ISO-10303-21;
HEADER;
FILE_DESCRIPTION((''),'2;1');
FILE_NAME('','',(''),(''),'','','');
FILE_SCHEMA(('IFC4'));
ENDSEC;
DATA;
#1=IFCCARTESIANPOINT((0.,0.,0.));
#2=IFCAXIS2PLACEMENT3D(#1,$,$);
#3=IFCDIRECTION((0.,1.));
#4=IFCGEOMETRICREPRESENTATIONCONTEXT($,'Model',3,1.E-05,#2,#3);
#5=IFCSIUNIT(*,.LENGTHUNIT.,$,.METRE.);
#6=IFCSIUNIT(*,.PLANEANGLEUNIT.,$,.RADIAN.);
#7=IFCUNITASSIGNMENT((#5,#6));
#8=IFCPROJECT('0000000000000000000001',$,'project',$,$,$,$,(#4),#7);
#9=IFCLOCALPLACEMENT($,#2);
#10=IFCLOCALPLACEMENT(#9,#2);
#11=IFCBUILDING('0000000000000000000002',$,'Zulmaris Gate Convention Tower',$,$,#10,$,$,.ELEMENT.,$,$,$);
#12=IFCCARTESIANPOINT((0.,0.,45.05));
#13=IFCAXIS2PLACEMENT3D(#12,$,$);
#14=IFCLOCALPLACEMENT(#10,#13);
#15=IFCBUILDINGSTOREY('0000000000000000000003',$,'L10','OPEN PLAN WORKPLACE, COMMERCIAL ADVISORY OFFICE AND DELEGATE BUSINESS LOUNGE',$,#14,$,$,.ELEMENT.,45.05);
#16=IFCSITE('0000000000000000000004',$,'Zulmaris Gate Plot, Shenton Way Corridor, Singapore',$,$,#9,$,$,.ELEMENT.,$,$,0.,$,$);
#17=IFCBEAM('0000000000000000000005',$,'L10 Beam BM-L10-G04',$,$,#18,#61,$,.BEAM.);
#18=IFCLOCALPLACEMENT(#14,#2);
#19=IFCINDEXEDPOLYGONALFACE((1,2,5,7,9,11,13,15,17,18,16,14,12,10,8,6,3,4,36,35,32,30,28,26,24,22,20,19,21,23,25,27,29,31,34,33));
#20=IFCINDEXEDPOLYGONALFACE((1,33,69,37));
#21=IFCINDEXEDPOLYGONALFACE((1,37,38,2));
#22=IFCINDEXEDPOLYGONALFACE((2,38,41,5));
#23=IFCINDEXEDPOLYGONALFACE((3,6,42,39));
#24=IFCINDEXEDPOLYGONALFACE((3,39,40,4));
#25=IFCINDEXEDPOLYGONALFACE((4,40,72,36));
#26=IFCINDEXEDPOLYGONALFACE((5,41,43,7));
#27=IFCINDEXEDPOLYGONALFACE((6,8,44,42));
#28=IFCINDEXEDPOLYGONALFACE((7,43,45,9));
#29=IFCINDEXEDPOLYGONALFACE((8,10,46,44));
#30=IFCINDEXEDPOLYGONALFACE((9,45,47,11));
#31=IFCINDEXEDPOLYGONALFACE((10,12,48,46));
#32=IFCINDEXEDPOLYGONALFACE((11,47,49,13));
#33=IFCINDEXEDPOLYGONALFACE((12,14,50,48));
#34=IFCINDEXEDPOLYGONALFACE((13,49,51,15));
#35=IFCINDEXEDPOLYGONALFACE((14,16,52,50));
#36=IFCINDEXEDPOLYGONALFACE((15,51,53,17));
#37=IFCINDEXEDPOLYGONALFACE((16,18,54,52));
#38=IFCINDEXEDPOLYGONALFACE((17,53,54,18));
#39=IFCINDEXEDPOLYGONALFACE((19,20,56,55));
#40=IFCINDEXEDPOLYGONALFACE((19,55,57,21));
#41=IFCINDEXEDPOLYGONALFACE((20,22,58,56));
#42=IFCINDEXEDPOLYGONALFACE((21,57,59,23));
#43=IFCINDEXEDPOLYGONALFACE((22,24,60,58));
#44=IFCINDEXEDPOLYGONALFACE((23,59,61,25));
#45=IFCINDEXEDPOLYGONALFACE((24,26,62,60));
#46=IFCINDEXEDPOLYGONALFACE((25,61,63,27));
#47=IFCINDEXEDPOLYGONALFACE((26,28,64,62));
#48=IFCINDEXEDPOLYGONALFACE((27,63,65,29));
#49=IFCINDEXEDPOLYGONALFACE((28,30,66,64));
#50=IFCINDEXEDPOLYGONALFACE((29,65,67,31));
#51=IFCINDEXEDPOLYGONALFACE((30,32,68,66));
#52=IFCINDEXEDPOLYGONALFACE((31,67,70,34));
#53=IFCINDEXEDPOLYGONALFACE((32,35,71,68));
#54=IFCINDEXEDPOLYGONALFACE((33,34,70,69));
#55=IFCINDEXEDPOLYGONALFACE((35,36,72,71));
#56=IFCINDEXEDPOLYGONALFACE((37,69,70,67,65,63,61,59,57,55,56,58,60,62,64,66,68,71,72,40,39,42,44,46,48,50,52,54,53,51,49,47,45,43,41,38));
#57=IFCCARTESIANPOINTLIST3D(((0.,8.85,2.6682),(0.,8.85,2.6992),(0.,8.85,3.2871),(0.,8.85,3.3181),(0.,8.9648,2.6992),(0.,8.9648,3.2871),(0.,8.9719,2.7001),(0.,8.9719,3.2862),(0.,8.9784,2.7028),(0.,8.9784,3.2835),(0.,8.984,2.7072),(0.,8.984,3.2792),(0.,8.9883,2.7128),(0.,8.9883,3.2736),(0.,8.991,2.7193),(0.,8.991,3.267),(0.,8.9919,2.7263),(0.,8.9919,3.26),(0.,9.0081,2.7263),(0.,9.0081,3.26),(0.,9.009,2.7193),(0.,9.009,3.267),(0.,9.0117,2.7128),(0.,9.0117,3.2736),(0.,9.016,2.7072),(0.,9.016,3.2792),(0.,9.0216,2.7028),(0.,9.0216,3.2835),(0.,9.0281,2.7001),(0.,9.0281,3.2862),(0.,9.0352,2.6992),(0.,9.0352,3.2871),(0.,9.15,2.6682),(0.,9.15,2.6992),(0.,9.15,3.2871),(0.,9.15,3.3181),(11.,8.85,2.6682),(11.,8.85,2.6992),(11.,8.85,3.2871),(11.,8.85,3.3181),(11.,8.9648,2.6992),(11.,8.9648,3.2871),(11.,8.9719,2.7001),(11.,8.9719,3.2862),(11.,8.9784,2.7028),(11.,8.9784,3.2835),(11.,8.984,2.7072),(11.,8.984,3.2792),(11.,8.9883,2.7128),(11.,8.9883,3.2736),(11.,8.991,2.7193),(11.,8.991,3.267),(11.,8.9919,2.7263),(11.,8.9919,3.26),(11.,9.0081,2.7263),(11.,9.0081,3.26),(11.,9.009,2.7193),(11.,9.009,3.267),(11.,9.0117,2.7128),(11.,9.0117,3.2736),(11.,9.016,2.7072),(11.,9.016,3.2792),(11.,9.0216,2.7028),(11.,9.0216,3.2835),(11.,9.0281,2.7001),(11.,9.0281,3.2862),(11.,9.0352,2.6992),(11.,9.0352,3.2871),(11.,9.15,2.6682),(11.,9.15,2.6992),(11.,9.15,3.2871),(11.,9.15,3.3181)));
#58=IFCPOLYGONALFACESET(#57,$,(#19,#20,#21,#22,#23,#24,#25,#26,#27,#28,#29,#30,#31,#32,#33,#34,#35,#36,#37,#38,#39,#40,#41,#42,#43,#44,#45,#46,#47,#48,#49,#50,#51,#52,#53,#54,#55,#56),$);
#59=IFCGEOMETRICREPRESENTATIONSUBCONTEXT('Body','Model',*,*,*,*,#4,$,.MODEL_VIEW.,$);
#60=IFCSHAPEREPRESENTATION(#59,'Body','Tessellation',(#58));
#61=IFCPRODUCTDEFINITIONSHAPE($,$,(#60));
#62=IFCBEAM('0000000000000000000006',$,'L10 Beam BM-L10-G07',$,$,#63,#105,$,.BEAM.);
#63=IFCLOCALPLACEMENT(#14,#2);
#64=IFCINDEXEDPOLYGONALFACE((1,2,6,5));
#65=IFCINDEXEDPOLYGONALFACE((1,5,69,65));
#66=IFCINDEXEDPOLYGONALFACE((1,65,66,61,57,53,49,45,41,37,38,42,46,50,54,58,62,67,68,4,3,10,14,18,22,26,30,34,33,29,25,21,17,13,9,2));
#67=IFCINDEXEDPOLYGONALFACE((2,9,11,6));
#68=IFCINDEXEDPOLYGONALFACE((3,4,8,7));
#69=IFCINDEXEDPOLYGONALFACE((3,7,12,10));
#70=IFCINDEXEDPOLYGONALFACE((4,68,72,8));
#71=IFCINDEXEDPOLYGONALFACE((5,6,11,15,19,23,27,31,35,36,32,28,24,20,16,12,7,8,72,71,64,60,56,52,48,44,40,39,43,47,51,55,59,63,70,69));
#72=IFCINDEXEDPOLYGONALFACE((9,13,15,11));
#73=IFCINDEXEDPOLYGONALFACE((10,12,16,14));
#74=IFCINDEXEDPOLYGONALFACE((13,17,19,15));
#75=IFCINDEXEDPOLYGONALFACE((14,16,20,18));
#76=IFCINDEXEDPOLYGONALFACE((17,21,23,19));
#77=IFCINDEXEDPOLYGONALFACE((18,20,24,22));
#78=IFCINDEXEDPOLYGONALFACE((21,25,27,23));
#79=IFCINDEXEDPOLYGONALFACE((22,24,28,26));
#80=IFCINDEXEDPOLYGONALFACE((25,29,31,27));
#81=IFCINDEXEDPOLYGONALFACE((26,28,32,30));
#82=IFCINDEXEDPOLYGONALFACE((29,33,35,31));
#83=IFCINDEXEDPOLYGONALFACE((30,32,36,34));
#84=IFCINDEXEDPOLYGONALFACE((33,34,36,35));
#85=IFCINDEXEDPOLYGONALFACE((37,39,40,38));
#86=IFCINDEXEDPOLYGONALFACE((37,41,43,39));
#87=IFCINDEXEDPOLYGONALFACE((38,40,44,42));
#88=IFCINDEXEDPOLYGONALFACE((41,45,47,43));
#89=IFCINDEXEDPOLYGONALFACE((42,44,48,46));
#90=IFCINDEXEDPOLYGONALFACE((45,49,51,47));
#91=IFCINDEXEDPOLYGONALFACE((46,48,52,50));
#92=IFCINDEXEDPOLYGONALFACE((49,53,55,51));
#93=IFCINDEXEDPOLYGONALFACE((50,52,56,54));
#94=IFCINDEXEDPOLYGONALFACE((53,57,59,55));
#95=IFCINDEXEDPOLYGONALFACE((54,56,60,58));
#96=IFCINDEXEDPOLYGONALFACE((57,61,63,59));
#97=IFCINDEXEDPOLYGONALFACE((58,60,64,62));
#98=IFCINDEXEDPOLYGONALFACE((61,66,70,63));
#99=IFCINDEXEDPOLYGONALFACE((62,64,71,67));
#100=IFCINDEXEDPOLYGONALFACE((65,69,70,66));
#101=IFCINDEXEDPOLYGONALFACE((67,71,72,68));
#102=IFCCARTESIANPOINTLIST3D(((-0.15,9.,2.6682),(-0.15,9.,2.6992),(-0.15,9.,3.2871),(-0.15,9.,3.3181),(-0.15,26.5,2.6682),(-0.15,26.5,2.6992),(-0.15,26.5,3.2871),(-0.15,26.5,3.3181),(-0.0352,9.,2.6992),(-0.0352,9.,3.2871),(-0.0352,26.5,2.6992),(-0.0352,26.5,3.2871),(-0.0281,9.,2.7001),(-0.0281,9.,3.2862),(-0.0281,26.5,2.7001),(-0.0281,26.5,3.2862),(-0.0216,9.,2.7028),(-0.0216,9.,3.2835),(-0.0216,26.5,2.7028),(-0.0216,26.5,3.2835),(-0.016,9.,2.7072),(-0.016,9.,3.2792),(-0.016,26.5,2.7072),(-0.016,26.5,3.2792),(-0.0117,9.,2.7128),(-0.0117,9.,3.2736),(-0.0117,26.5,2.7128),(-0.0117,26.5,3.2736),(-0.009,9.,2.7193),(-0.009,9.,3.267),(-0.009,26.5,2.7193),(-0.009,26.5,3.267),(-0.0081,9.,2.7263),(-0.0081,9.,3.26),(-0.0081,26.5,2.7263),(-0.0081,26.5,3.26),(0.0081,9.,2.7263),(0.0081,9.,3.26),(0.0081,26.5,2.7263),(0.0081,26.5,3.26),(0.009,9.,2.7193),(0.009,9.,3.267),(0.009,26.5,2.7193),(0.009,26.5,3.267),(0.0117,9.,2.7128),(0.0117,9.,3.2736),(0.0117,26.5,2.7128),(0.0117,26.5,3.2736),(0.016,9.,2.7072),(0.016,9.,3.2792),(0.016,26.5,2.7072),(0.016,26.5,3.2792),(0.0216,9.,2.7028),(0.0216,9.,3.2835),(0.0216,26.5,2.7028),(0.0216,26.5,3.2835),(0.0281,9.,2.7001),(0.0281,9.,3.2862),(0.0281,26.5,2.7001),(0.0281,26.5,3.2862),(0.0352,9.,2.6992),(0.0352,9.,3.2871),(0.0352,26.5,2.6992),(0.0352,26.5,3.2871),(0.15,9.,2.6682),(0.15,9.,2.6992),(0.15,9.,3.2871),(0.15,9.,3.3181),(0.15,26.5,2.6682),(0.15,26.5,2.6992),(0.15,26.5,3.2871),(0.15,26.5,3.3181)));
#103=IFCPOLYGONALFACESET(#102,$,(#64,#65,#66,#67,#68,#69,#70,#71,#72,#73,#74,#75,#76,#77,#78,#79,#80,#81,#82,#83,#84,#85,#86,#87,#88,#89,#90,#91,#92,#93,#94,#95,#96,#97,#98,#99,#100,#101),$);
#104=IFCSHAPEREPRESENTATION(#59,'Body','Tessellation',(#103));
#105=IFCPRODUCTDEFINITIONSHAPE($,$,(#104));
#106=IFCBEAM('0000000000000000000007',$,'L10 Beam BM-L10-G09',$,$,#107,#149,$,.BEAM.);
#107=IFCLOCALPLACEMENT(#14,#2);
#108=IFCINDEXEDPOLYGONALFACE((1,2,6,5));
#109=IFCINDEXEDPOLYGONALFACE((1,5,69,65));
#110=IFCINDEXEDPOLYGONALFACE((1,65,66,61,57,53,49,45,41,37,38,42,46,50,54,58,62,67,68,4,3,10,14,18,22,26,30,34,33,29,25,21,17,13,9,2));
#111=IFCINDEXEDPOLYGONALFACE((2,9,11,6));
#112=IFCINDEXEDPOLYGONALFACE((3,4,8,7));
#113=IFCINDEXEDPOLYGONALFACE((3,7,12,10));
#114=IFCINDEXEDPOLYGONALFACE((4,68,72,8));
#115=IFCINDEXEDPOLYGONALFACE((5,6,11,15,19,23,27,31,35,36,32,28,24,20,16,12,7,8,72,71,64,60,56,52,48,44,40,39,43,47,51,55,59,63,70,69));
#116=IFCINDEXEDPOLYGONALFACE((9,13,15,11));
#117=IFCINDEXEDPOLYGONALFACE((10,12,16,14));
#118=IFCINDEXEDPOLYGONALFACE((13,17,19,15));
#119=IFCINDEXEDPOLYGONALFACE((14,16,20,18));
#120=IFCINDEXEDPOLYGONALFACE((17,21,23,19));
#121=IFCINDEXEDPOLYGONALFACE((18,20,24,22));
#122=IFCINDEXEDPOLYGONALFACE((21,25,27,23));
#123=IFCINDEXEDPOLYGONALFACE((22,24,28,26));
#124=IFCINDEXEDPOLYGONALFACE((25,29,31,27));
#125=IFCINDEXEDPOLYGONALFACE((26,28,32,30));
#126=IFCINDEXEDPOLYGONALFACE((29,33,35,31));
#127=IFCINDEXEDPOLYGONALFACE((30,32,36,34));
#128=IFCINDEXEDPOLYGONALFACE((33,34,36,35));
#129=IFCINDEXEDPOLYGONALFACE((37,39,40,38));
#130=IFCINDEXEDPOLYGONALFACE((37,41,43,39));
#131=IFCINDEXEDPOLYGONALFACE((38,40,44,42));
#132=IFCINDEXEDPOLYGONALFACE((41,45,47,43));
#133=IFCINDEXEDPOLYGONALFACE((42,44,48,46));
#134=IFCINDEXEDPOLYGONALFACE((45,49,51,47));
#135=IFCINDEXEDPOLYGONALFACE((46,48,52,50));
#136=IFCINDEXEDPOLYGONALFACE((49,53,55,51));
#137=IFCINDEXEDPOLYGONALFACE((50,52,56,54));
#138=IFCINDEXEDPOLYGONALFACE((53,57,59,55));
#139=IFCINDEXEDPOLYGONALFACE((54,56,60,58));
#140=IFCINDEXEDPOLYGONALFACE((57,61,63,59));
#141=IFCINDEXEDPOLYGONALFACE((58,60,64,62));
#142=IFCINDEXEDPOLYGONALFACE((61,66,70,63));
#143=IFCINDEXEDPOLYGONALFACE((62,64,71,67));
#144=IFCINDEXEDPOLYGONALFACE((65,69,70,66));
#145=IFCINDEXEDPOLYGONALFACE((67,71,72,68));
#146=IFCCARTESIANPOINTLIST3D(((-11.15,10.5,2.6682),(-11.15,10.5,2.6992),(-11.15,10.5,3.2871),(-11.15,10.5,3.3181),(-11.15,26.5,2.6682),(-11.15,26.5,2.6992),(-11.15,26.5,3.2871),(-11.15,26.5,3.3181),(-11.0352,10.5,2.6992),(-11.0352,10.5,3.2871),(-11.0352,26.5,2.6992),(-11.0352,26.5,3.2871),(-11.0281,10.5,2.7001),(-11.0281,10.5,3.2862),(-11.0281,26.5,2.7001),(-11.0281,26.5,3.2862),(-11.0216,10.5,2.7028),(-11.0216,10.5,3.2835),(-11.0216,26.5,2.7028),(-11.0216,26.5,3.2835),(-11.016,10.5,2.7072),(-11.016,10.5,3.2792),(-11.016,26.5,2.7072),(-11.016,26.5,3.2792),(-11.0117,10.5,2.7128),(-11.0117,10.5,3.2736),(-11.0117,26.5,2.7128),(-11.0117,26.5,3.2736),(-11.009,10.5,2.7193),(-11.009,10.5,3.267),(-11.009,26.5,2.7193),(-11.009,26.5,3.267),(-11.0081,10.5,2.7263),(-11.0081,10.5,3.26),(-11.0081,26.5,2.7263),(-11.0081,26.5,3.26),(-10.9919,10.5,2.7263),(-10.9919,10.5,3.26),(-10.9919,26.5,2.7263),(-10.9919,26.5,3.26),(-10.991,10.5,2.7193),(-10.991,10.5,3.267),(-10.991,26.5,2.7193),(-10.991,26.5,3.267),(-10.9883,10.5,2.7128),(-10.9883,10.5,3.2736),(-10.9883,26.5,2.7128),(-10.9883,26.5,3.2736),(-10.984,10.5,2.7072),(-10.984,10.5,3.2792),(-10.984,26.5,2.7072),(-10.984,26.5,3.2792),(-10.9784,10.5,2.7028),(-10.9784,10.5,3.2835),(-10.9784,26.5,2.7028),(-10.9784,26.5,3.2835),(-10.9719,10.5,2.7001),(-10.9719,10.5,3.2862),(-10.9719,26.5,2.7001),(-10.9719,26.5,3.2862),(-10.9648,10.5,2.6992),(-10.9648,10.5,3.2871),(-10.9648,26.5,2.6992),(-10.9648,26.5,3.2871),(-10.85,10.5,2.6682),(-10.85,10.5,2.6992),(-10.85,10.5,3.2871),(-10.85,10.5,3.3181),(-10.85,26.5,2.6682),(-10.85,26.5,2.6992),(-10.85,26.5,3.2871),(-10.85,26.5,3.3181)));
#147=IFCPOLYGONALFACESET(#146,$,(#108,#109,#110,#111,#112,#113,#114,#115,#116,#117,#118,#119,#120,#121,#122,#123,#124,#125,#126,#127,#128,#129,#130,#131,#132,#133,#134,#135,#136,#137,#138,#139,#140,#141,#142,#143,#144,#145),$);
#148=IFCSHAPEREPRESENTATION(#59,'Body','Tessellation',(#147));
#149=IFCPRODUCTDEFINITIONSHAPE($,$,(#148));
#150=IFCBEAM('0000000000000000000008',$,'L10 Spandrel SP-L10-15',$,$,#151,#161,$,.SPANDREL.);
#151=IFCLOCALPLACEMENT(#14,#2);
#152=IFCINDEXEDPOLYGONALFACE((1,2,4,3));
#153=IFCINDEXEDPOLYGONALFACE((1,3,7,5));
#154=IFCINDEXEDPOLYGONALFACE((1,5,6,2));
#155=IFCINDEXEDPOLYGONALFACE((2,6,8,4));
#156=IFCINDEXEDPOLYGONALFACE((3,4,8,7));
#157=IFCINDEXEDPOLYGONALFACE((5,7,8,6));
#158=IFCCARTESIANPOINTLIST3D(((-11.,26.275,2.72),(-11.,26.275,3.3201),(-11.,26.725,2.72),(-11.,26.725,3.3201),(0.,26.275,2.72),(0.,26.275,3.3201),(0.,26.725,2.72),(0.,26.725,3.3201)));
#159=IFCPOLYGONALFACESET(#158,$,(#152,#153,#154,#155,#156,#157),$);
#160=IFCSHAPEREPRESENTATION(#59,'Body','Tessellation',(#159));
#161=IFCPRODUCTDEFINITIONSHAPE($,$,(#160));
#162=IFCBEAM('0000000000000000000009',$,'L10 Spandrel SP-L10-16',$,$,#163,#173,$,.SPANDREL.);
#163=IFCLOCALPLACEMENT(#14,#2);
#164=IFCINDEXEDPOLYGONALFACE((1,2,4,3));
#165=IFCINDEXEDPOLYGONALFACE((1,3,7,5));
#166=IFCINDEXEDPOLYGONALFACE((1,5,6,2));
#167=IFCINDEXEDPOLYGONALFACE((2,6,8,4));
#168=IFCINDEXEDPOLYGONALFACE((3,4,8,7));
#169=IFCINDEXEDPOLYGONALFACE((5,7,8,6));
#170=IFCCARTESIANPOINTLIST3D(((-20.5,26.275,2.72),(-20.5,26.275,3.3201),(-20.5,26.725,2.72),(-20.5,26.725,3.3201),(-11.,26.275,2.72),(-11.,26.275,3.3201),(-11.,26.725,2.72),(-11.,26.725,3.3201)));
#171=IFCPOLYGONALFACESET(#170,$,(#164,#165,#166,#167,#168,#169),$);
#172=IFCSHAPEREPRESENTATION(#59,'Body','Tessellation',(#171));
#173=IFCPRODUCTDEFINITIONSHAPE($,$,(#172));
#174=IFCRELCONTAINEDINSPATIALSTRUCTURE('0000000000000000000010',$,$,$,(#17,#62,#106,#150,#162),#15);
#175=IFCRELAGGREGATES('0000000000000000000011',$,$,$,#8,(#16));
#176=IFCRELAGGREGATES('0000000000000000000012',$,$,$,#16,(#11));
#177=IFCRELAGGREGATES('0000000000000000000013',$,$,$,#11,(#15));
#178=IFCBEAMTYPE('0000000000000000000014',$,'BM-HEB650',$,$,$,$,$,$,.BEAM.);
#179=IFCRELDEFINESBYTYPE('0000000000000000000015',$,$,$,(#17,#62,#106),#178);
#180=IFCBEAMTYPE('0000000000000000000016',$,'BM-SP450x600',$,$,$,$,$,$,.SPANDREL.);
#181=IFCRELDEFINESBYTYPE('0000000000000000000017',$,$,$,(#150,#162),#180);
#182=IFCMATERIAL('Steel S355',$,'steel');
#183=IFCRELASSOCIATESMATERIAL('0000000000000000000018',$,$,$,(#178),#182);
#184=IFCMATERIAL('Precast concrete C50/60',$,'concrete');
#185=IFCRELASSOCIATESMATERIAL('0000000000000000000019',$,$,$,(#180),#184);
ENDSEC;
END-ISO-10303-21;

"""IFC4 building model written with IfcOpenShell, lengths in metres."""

from ifc_helpers import new_model, si_unit, direction, frame, origin, origin_2d, place, context, subcontext, project, spatial, rectangle, i_section, extrude, material, material_profile, profile_set, type_object, element, save


model = new_model("IFC4")

# Units and contexts
model_context = context("Model", 3, precision=1e-05, world=origin(), true_north=direction((0.0, 1.0)))
body_context = subcontext(model_context, "Body", "Model", "MODEL_VIEW")
ifc_project = project(units=[si_unit("LENGTHUNIT", "METRE"), si_unit("PLANEANGLEUNIT", "RADIAN")], contexts=[model_context])

# Site, building, storey
site_placement = place(None, origin())
site = spatial("IfcSite", under=ifc_project, at=site_placement, Name="Zulmaris Gate Plot, Shenton Way Corridor, Singapore", CompositionType="ELEMENT", RefElevation=0.0)
building_placement = place(site_placement, origin())
building = spatial("IfcBuilding", under=site, at=building_placement, Name="Zulmaris Gate Convention Tower", CompositionType="ELEMENT")
storey_placement = place(building_placement, frame((0.0, 0.0, 45.05)))
storey = spatial("IfcBuildingStorey", under=building, at=storey_placement, Name="L10", Description="OPEN PLAN WORKPLACE, COMMERCIAL ADVISORY OFFICE AND DELEGATE BUSINESS LOUNGE", CompositionType="ELEMENT", Elevation=45.05)

# Beams
ifc_material_1 = material(Name="Steel S355", Category="steel")
ifc_material_profile_1 = material_profile(ifc_material_1, i_section(OverallWidth=0.3, OverallDepth=0.6499, WebThickness=0.0161, FlangeThickness=0.031, FilletRadius=0.0271, at=origin_2d()), Name="HEB 650")
ifc_profile_set_1 = profile_set([ifc_material_profile_1], Name="Steel S355")
beam_type_1 = type_object("IfcBeamType", Name="BM-HEB650", PredefinedType="BEAM", material=ifc_profile_set_1)
for number, where, z_axis, x_axis, name in (
    (1, (0.0, 9.0, 2.9932), (1.0, 0.0, 0.0), (0.0, 1.0, 0.0), "L10 Beam BM-L10-G04"),
):
    element("IfcBeam", number, at=place(storey_placement, frame(where, z_axis=z_axis, x_axis=x_axis)), inside=storey, type_object=beam_type_1, Name=name, PredefinedType="BEAM", context=body_context, shape_type="SweptSolid", body=[
        extrude(i_section(OverallWidth=0.3, OverallDepth=0.6499, WebThickness=0.0161, FlangeThickness=0.031, FilletRadius=0.0271, at=origin_2d()), origin(), (0.0, 0.0, 1.0), 11.0),
    ])
beam_1_placement = place(storey_placement, frame((0.0, 9.0, 2.9932), z_axis=(0.0, 1.0, 0.0), x_axis=(-1.0, 0.0, 0.0)))
element("IfcBeam", 2, at=beam_1_placement, inside=storey, type_object=beam_type_1, Name="L10 Beam BM-L10-G07", PredefinedType="BEAM", context=body_context, shape_type="SweptSolid", body=[
    extrude(i_section(OverallWidth=0.3, OverallDepth=0.6499, WebThickness=0.0161, FlangeThickness=0.031, FilletRadius=0.0271, at=origin_2d()), origin(), (0.0, 0.0, 1.0), 17.5),
])
beam_2_placement = place(storey_placement, frame((-11.0, 10.5, 2.9932), z_axis=(0.0, 1.0, 0.0), x_axis=(-1.0, 0.0, 0.0)))
element("IfcBeam", 3, at=beam_2_placement, inside=storey, type_object=beam_type_1, Name="L10 Beam BM-L10-G09", PredefinedType="BEAM", context=body_context, shape_type="SweptSolid", body=[
    extrude(i_section(OverallWidth=0.3, OverallDepth=0.6499, WebThickness=0.0161, FlangeThickness=0.031, FilletRadius=0.0271, at=origin_2d()), origin(), (0.0, 0.0, 1.0), 16.0),
])
ifc_material_2 = material(Name="Precast concrete C50/60", Category="concrete")
ifc_material_profile_2 = material_profile(ifc_material_2, rectangle(XDim=0.45, YDim=0.6001, at=origin_2d()), Name="RC SPANDREL 450x600")
ifc_profile_set_2 = profile_set([ifc_material_profile_2], Name="Precast concrete C50/60")
beam_type_2 = type_object("IfcBeamType", Name="BM-SP450x600", PredefinedType="SPANDREL", material=ifc_profile_set_2)
beam_3_placement = place(storey_placement, frame((0.0, 26.5, 3.02), z_axis=(-1.0, 0.0, 0.0), x_axis=(0.0, -1.0, 0.0)))
element("IfcBeam", 4, at=beam_3_placement, inside=storey, type_object=beam_type_2, Name="L10 Spandrel SP-L10-15", PredefinedType="SPANDREL", context=body_context, shape_type="SweptSolid", body=[
    extrude(rectangle(XDim=0.45, YDim=0.6001, at=origin_2d()), origin(), (0.0, 0.0, 1.0), 11.0),
])
beam_4_placement = place(storey_placement, frame((-11.0, 26.5, 3.02), z_axis=(-1.0, 0.0, 0.0), x_axis=(0.0, -1.0, 0.0)))
element("IfcBeam", 5, at=beam_4_placement, inside=storey, type_object=beam_type_2, Name="L10 Spandrel SP-L10-16", PredefinedType="SPANDREL", context=body_context, shape_type="SweptSolid", body=[
    extrude(rectangle(XDim=0.45, YDim=0.6001, at=origin_2d()), origin(), (0.0, 0.0, 1.0), 9.5),
])

save(model, "model.ifc")
